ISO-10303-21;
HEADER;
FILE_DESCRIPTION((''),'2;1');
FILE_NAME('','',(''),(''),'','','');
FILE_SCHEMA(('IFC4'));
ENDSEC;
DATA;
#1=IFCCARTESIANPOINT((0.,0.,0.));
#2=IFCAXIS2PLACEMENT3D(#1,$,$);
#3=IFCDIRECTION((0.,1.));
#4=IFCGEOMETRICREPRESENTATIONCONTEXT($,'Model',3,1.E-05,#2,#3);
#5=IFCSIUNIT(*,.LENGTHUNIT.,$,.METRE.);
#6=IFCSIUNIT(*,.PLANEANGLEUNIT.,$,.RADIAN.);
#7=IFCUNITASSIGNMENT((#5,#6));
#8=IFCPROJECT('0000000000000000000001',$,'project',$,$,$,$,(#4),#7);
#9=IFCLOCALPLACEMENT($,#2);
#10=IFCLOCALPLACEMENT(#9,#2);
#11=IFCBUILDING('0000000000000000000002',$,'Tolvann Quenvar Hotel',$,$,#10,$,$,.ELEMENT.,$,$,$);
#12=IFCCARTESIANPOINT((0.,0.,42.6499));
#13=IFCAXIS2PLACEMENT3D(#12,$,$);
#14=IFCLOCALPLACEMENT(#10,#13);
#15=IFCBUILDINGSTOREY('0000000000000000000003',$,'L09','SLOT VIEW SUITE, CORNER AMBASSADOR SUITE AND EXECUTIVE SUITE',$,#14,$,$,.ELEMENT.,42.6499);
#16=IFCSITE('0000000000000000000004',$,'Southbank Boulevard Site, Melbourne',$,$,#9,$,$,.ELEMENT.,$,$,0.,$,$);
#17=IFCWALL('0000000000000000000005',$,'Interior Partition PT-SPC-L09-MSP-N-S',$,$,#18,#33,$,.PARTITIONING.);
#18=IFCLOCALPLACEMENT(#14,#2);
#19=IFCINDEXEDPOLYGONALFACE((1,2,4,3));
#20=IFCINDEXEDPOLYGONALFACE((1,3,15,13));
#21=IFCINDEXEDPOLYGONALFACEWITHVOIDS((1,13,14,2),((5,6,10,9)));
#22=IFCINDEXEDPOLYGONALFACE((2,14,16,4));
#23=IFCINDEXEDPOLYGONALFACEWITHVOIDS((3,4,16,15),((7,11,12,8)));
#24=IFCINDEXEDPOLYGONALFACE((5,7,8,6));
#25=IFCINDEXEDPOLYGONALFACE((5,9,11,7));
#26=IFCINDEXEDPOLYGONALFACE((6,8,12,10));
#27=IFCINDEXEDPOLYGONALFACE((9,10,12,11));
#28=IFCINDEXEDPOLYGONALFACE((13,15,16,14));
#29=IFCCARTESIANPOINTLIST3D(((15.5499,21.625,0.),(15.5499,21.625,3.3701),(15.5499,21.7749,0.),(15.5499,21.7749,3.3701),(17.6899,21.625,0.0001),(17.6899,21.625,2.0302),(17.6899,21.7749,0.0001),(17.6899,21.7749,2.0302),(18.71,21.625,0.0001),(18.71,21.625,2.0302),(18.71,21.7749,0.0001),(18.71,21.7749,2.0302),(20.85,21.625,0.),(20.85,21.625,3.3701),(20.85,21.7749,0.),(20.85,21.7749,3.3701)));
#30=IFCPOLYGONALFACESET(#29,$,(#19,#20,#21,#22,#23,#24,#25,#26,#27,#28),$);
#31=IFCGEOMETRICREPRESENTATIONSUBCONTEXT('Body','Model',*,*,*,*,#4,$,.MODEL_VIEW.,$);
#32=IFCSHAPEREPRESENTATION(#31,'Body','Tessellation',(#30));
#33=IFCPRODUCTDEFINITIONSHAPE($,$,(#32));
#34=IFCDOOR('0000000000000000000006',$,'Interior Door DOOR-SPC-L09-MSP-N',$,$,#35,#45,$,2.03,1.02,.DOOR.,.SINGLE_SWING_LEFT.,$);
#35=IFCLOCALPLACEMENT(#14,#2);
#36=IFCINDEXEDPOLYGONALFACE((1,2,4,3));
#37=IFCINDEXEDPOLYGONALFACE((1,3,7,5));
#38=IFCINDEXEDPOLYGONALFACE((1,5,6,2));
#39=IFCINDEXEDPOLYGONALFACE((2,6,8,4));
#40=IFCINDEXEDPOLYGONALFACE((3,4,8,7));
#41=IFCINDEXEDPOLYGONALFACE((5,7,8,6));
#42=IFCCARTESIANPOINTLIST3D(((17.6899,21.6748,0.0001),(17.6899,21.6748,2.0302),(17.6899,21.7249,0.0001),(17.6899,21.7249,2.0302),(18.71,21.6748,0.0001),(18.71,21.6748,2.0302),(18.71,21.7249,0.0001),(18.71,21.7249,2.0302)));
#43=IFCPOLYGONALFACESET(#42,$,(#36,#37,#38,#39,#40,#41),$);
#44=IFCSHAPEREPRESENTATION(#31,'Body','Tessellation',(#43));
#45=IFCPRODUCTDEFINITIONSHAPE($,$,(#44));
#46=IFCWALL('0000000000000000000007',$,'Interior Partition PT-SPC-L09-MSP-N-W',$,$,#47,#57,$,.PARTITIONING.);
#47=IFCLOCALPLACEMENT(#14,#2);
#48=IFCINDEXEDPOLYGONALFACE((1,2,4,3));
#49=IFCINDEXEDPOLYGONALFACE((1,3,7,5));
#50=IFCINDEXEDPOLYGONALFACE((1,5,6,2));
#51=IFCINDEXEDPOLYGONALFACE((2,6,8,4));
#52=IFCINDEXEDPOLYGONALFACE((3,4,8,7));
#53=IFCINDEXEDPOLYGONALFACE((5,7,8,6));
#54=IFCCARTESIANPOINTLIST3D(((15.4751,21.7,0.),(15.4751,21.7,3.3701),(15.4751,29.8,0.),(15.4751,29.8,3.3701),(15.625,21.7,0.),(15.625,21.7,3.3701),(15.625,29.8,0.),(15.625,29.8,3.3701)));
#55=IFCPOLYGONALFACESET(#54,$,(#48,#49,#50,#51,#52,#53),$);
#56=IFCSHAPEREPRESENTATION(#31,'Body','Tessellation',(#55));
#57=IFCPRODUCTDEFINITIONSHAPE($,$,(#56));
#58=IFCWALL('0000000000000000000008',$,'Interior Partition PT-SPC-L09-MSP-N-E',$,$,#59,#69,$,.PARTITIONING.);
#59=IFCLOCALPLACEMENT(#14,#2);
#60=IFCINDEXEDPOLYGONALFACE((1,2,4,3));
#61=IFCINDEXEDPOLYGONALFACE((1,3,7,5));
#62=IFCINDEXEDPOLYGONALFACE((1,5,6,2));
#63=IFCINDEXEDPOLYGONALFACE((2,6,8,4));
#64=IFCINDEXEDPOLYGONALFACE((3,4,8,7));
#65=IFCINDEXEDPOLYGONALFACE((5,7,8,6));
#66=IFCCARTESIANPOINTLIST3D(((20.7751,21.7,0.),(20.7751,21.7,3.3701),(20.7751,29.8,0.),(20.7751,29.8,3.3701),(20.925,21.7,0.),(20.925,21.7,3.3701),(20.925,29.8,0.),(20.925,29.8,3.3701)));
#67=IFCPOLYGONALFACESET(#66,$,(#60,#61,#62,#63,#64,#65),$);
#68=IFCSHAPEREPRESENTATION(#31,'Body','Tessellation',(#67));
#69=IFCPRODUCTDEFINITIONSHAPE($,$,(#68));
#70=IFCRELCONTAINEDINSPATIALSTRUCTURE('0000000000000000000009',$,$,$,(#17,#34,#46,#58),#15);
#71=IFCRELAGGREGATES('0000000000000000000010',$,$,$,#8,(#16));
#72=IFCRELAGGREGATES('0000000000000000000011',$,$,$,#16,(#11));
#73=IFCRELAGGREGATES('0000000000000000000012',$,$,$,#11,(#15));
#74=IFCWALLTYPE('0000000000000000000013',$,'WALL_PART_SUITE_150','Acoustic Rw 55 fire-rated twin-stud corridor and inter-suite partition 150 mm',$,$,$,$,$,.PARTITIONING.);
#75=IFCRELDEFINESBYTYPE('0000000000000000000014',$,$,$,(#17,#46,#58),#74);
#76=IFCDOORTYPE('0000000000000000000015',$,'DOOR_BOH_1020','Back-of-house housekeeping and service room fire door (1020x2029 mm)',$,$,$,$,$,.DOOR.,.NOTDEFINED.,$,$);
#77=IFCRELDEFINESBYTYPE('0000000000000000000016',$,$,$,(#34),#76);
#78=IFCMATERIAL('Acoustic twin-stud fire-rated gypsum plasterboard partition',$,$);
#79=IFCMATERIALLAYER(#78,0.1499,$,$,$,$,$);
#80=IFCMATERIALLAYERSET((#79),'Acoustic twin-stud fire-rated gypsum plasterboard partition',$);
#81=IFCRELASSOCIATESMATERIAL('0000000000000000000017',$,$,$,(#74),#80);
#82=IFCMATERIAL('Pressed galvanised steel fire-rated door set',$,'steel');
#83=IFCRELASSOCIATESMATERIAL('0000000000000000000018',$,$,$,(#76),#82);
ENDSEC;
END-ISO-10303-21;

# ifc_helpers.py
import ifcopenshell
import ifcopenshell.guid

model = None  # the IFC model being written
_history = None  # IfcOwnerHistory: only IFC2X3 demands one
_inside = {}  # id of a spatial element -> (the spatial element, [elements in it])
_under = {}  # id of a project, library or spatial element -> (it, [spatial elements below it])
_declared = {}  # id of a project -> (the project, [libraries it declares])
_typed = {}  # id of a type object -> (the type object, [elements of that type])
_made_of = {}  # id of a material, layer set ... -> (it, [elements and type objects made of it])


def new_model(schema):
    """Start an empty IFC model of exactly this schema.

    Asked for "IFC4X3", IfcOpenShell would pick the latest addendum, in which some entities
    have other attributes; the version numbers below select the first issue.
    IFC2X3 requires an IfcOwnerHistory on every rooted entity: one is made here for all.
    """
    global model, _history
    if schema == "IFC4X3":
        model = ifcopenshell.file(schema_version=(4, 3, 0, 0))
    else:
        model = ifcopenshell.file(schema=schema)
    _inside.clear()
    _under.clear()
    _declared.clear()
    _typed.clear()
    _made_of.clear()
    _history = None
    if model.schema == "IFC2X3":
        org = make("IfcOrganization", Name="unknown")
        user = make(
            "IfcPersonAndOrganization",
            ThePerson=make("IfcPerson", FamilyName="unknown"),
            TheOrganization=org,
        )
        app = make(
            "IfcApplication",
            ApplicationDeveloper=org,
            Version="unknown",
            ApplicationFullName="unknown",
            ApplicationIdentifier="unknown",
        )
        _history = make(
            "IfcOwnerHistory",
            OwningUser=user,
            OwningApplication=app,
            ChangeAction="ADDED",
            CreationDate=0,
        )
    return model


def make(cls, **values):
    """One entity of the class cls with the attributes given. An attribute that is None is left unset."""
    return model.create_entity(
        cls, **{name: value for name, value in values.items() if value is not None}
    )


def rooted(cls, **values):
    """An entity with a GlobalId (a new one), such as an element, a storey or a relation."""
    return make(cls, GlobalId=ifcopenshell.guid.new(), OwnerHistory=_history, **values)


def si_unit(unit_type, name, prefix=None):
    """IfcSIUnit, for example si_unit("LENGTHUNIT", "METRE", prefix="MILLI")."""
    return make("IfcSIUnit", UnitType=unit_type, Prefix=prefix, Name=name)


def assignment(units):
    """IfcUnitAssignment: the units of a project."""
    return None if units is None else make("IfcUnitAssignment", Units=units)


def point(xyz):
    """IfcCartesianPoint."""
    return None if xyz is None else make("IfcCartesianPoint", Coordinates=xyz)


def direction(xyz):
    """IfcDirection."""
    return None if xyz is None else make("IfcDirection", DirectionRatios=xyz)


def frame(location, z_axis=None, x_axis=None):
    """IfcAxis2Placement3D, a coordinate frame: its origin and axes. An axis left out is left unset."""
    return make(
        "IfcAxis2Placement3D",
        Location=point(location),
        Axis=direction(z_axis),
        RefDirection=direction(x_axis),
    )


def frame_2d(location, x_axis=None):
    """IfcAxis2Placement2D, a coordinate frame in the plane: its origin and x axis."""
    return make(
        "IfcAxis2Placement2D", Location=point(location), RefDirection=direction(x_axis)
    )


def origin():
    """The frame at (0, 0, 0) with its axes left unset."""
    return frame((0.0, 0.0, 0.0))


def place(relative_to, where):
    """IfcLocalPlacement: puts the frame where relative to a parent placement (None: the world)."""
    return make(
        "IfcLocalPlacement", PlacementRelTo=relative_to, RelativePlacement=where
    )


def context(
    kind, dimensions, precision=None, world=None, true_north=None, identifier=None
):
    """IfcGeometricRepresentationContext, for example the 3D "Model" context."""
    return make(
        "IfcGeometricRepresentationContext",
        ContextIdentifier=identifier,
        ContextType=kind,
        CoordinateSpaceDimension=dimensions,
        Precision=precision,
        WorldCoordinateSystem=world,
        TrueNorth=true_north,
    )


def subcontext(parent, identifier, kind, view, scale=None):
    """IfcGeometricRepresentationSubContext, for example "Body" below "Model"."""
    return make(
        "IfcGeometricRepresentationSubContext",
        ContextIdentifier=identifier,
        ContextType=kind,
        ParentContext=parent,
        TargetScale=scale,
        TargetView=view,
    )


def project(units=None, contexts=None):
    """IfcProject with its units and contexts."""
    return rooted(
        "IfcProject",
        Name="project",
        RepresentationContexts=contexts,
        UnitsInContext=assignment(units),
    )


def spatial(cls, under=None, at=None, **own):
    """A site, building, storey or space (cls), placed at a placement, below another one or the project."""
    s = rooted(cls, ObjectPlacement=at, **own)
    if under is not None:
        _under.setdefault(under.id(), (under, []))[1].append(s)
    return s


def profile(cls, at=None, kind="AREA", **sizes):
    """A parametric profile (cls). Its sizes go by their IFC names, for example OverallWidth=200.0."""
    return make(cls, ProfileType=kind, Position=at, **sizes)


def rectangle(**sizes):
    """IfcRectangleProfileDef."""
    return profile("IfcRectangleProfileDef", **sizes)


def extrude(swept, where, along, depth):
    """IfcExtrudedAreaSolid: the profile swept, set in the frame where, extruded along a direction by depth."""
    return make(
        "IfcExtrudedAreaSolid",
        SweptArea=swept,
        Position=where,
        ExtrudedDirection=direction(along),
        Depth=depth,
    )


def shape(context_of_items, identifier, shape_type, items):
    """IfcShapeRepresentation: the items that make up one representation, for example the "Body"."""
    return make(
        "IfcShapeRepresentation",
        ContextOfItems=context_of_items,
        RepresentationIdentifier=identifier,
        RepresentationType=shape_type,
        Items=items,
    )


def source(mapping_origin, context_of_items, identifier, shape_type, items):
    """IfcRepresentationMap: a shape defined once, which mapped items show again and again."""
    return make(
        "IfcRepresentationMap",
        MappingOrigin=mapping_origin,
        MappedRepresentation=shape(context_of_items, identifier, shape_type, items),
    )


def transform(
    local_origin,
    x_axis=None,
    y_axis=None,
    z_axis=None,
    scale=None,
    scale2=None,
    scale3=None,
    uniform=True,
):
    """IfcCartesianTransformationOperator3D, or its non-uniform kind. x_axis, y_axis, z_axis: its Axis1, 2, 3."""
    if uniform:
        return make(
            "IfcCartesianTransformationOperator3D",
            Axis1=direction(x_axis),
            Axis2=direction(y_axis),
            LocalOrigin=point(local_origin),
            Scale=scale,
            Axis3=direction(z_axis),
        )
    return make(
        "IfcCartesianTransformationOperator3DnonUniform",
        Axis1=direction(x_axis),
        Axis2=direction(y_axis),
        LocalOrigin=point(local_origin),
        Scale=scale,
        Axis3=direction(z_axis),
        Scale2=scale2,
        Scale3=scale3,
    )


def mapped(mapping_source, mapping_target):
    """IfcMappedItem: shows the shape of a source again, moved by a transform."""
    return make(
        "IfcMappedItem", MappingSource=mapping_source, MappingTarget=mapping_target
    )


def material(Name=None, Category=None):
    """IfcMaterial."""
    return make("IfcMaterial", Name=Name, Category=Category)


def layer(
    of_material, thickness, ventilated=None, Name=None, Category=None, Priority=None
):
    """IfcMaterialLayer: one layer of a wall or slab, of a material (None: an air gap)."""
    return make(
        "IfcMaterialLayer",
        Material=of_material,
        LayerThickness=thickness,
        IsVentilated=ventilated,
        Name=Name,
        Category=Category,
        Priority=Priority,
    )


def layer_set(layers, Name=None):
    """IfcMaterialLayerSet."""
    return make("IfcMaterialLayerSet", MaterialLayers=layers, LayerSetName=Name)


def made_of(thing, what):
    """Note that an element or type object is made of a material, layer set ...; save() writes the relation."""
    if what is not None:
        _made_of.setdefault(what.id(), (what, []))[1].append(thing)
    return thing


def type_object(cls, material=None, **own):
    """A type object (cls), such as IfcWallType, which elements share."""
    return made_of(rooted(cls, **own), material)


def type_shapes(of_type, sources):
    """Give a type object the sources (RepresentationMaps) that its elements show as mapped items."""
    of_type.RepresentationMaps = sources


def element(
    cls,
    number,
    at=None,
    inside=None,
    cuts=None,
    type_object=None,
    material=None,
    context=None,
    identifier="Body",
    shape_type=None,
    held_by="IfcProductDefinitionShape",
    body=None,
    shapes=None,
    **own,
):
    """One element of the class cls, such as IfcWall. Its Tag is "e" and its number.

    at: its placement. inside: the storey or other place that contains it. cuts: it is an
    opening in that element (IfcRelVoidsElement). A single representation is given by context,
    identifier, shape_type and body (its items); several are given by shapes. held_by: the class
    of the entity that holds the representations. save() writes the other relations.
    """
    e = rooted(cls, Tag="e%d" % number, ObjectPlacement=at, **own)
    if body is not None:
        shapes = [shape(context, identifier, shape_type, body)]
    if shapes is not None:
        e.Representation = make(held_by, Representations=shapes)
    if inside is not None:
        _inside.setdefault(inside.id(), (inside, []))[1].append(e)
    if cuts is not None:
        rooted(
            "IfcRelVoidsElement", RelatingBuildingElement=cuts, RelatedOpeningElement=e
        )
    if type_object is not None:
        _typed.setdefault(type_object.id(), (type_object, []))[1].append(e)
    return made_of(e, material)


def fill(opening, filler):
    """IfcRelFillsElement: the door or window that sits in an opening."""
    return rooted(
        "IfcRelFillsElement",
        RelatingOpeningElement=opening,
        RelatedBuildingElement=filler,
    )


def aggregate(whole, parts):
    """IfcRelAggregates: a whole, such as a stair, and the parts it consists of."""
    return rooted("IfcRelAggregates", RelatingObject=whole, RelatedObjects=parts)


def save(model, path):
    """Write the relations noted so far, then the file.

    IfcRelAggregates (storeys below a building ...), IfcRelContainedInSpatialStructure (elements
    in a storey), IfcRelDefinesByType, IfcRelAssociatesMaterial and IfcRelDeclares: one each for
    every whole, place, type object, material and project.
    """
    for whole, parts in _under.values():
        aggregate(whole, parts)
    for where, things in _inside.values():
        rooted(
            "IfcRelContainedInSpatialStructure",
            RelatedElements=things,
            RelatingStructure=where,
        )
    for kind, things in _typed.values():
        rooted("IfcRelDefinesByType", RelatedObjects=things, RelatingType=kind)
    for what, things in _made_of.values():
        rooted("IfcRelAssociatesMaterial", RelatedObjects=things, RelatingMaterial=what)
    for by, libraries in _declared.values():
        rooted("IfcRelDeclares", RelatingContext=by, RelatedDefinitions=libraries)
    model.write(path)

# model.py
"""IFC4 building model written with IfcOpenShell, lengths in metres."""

from ifc_helpers import new_model, si_unit, direction, frame, frame_2d, origin, place, context, subcontext, project, spatial, rectangle, extrude, source, transform, mapped, material, layer, layer_set, type_object, type_shapes, element, fill, save


model = new_model("IFC4")

# Units and contexts
model_context = context("Model", 3, precision=1e-05, world=origin(), true_north=direction((0.0, 1.0)))
body_context = subcontext(model_context, "Body", "Model", "MODEL_VIEW")
ifc_project = project(units=[si_unit("LENGTHUNIT", "METRE"), si_unit("PLANEANGLEUNIT", "RADIAN")], contexts=[model_context])

# Site, building, storey
site_placement = place(None, origin())
site = spatial("IfcSite", under=ifc_project, at=site_placement, Name="Southbank Boulevard Site, Melbourne", CompositionType="ELEMENT", RefElevation=0.0)
building_placement = place(site_placement, origin())
building = spatial("IfcBuilding", under=site, at=building_placement, Name="Tolvann Quenvar Hotel", CompositionType="ELEMENT")
storey_placement = place(building_placement, frame((0.0, 0.0, 42.6499)))
storey = spatial("IfcBuildingStorey", under=building, at=storey_placement, Name="L09", Description="SLOT VIEW SUITE, CORNER AMBASSADOR SUITE AND EXECUTIVE SUITE", CompositionType="ELEMENT", Elevation=42.6499)

# Shared definitions
ifc_material_1 = material(Name="Acoustic twin-stud fire-rated gypsum plasterboard partition")
ifc_layer_1 = layer(ifc_material_1, 0.1499)
ifc_layer_set_1 = layer_set([ifc_layer_1], Name="Acoustic twin-stud fire-rated gypsum plasterboard partition")
wall_type_1 = type_object("IfcWallType", Name="WALL_PART_SUITE_150", Description="Acoustic Rw 55 fire-rated twin-stud corridor and inter-suite partition 150 mm", PredefinedType="PARTITIONING", material=ifc_layer_set_1)

# Wall, opening, door
wall_1_placement = place(storey_placement, frame((15.55, 21.7, 0.0), z_axis=(0.0, 0.0, 1.0), x_axis=(1.0, 0.0, 0.0)))
wall_1 = element("IfcWall", 1, at=wall_1_placement, inside=storey, type_object=wall_type_1, Name="Interior Partition PT-SPC-L09-MSP-N-S", PredefinedType="PARTITIONING", context=body_context, shape_type="SweptSolid", body=[
    extrude(rectangle(XDim=5.3, YDim=0.1499, at=frame_2d((2.6499, 0.0))), origin(), (0.0, 0.0, 1.0), 3.3701),
])
opening_1_placement = place(wall_1_placement, frame((2.1399, 0.0, 0.0)))
opening_1 = element("IfcOpeningElement", 2, at=opening_1_placement, cuts=wall_1, PredefinedType="OPENING", context=body_context, shape_type="SweptSolid", body=[
    extrude(rectangle(XDim=1.02, YDim=2.03, at=frame_2d((0.51, 1.0151))), frame((0.0, 0.085, 0.0), z_axis=(0.0, -1.0, 0.0), x_axis=(1.0, 0.0, 0.0)), (0.0, 0.0, 1.0), 0.1699),
])
ifc_material_2 = material(Name="Pressed galvanised steel fire-rated door set", Category="steel")
door_type_1 = type_object("IfcDoorType", Name="DOOR_BOH_1020", Description="Back-of-house housekeeping and service room fire door (1020x2029 mm)", OperationType="NOTDEFINED", PredefinedType="DOOR", material=ifc_material_2)
shared_shape_1 = source(origin(), body_context, "Body", "SweptSolid", [
    extrude(rectangle(XDim=1.02, YDim=2.03, at=frame_2d((0.51, 1.0151))), frame((0.0, 0.0249, 0.0), z_axis=(0.0, -1.0, 0.0), x_axis=(1.0, 0.0, 0.0)), (0.0, 0.0, 1.0), 0.05),
])
type_shapes(door_type_1, [shared_shape_1])
door_1_placement = place(opening_1_placement, origin())
door_1 = element("IfcDoor", 3, at=door_1_placement, inside=storey, type_object=door_type_1, Name="Interior Door DOOR-SPC-L09-MSP-N", OperationType="SINGLE_SWING_LEFT", OverallHeight=2.03, OverallWidth=1.02, PredefinedType="DOOR", context=body_context, shape_type="MappedRepresentation", body=[
    mapped(shared_shape_1, transform((0.0, 0.0, 0.0), x_axis=(1.0, 0.0, 0.0), y_axis=(0.0, 1.0, 0.0), z_axis=(0.0, 0.0, 1.0), scale=1.0)),
])
fill(opening_1, door_1)

# Walls
for number, where, z_axis, x_axis, name in (
    (4, (15.55, 21.7, 0.0), (0.0, 0.0, 1.0), (0.0, 1.0, 0.0), "Interior Partition PT-SPC-L09-MSP-N-W"),
    (5, (20.8501, 21.7, 0.0), (0.0, 0.0, 1.0), (0.0, 1.0, 0.0), "Interior Partition PT-SPC-L09-MSP-N-E"),
):
    element("IfcWall", number, at=place(storey_placement, frame(where, z_axis=z_axis, x_axis=x_axis)), inside=storey, type_object=wall_type_1, Name=name, PredefinedType="PARTITIONING", context=body_context, shape_type="SweptSolid", body=[
        extrude(rectangle(XDim=8.1001, YDim=0.1499, at=frame_2d((4.05, 0.0))), origin(), (0.0, 0.0, 1.0), 3.3701),
    ])

save(model, "model.ifc")
